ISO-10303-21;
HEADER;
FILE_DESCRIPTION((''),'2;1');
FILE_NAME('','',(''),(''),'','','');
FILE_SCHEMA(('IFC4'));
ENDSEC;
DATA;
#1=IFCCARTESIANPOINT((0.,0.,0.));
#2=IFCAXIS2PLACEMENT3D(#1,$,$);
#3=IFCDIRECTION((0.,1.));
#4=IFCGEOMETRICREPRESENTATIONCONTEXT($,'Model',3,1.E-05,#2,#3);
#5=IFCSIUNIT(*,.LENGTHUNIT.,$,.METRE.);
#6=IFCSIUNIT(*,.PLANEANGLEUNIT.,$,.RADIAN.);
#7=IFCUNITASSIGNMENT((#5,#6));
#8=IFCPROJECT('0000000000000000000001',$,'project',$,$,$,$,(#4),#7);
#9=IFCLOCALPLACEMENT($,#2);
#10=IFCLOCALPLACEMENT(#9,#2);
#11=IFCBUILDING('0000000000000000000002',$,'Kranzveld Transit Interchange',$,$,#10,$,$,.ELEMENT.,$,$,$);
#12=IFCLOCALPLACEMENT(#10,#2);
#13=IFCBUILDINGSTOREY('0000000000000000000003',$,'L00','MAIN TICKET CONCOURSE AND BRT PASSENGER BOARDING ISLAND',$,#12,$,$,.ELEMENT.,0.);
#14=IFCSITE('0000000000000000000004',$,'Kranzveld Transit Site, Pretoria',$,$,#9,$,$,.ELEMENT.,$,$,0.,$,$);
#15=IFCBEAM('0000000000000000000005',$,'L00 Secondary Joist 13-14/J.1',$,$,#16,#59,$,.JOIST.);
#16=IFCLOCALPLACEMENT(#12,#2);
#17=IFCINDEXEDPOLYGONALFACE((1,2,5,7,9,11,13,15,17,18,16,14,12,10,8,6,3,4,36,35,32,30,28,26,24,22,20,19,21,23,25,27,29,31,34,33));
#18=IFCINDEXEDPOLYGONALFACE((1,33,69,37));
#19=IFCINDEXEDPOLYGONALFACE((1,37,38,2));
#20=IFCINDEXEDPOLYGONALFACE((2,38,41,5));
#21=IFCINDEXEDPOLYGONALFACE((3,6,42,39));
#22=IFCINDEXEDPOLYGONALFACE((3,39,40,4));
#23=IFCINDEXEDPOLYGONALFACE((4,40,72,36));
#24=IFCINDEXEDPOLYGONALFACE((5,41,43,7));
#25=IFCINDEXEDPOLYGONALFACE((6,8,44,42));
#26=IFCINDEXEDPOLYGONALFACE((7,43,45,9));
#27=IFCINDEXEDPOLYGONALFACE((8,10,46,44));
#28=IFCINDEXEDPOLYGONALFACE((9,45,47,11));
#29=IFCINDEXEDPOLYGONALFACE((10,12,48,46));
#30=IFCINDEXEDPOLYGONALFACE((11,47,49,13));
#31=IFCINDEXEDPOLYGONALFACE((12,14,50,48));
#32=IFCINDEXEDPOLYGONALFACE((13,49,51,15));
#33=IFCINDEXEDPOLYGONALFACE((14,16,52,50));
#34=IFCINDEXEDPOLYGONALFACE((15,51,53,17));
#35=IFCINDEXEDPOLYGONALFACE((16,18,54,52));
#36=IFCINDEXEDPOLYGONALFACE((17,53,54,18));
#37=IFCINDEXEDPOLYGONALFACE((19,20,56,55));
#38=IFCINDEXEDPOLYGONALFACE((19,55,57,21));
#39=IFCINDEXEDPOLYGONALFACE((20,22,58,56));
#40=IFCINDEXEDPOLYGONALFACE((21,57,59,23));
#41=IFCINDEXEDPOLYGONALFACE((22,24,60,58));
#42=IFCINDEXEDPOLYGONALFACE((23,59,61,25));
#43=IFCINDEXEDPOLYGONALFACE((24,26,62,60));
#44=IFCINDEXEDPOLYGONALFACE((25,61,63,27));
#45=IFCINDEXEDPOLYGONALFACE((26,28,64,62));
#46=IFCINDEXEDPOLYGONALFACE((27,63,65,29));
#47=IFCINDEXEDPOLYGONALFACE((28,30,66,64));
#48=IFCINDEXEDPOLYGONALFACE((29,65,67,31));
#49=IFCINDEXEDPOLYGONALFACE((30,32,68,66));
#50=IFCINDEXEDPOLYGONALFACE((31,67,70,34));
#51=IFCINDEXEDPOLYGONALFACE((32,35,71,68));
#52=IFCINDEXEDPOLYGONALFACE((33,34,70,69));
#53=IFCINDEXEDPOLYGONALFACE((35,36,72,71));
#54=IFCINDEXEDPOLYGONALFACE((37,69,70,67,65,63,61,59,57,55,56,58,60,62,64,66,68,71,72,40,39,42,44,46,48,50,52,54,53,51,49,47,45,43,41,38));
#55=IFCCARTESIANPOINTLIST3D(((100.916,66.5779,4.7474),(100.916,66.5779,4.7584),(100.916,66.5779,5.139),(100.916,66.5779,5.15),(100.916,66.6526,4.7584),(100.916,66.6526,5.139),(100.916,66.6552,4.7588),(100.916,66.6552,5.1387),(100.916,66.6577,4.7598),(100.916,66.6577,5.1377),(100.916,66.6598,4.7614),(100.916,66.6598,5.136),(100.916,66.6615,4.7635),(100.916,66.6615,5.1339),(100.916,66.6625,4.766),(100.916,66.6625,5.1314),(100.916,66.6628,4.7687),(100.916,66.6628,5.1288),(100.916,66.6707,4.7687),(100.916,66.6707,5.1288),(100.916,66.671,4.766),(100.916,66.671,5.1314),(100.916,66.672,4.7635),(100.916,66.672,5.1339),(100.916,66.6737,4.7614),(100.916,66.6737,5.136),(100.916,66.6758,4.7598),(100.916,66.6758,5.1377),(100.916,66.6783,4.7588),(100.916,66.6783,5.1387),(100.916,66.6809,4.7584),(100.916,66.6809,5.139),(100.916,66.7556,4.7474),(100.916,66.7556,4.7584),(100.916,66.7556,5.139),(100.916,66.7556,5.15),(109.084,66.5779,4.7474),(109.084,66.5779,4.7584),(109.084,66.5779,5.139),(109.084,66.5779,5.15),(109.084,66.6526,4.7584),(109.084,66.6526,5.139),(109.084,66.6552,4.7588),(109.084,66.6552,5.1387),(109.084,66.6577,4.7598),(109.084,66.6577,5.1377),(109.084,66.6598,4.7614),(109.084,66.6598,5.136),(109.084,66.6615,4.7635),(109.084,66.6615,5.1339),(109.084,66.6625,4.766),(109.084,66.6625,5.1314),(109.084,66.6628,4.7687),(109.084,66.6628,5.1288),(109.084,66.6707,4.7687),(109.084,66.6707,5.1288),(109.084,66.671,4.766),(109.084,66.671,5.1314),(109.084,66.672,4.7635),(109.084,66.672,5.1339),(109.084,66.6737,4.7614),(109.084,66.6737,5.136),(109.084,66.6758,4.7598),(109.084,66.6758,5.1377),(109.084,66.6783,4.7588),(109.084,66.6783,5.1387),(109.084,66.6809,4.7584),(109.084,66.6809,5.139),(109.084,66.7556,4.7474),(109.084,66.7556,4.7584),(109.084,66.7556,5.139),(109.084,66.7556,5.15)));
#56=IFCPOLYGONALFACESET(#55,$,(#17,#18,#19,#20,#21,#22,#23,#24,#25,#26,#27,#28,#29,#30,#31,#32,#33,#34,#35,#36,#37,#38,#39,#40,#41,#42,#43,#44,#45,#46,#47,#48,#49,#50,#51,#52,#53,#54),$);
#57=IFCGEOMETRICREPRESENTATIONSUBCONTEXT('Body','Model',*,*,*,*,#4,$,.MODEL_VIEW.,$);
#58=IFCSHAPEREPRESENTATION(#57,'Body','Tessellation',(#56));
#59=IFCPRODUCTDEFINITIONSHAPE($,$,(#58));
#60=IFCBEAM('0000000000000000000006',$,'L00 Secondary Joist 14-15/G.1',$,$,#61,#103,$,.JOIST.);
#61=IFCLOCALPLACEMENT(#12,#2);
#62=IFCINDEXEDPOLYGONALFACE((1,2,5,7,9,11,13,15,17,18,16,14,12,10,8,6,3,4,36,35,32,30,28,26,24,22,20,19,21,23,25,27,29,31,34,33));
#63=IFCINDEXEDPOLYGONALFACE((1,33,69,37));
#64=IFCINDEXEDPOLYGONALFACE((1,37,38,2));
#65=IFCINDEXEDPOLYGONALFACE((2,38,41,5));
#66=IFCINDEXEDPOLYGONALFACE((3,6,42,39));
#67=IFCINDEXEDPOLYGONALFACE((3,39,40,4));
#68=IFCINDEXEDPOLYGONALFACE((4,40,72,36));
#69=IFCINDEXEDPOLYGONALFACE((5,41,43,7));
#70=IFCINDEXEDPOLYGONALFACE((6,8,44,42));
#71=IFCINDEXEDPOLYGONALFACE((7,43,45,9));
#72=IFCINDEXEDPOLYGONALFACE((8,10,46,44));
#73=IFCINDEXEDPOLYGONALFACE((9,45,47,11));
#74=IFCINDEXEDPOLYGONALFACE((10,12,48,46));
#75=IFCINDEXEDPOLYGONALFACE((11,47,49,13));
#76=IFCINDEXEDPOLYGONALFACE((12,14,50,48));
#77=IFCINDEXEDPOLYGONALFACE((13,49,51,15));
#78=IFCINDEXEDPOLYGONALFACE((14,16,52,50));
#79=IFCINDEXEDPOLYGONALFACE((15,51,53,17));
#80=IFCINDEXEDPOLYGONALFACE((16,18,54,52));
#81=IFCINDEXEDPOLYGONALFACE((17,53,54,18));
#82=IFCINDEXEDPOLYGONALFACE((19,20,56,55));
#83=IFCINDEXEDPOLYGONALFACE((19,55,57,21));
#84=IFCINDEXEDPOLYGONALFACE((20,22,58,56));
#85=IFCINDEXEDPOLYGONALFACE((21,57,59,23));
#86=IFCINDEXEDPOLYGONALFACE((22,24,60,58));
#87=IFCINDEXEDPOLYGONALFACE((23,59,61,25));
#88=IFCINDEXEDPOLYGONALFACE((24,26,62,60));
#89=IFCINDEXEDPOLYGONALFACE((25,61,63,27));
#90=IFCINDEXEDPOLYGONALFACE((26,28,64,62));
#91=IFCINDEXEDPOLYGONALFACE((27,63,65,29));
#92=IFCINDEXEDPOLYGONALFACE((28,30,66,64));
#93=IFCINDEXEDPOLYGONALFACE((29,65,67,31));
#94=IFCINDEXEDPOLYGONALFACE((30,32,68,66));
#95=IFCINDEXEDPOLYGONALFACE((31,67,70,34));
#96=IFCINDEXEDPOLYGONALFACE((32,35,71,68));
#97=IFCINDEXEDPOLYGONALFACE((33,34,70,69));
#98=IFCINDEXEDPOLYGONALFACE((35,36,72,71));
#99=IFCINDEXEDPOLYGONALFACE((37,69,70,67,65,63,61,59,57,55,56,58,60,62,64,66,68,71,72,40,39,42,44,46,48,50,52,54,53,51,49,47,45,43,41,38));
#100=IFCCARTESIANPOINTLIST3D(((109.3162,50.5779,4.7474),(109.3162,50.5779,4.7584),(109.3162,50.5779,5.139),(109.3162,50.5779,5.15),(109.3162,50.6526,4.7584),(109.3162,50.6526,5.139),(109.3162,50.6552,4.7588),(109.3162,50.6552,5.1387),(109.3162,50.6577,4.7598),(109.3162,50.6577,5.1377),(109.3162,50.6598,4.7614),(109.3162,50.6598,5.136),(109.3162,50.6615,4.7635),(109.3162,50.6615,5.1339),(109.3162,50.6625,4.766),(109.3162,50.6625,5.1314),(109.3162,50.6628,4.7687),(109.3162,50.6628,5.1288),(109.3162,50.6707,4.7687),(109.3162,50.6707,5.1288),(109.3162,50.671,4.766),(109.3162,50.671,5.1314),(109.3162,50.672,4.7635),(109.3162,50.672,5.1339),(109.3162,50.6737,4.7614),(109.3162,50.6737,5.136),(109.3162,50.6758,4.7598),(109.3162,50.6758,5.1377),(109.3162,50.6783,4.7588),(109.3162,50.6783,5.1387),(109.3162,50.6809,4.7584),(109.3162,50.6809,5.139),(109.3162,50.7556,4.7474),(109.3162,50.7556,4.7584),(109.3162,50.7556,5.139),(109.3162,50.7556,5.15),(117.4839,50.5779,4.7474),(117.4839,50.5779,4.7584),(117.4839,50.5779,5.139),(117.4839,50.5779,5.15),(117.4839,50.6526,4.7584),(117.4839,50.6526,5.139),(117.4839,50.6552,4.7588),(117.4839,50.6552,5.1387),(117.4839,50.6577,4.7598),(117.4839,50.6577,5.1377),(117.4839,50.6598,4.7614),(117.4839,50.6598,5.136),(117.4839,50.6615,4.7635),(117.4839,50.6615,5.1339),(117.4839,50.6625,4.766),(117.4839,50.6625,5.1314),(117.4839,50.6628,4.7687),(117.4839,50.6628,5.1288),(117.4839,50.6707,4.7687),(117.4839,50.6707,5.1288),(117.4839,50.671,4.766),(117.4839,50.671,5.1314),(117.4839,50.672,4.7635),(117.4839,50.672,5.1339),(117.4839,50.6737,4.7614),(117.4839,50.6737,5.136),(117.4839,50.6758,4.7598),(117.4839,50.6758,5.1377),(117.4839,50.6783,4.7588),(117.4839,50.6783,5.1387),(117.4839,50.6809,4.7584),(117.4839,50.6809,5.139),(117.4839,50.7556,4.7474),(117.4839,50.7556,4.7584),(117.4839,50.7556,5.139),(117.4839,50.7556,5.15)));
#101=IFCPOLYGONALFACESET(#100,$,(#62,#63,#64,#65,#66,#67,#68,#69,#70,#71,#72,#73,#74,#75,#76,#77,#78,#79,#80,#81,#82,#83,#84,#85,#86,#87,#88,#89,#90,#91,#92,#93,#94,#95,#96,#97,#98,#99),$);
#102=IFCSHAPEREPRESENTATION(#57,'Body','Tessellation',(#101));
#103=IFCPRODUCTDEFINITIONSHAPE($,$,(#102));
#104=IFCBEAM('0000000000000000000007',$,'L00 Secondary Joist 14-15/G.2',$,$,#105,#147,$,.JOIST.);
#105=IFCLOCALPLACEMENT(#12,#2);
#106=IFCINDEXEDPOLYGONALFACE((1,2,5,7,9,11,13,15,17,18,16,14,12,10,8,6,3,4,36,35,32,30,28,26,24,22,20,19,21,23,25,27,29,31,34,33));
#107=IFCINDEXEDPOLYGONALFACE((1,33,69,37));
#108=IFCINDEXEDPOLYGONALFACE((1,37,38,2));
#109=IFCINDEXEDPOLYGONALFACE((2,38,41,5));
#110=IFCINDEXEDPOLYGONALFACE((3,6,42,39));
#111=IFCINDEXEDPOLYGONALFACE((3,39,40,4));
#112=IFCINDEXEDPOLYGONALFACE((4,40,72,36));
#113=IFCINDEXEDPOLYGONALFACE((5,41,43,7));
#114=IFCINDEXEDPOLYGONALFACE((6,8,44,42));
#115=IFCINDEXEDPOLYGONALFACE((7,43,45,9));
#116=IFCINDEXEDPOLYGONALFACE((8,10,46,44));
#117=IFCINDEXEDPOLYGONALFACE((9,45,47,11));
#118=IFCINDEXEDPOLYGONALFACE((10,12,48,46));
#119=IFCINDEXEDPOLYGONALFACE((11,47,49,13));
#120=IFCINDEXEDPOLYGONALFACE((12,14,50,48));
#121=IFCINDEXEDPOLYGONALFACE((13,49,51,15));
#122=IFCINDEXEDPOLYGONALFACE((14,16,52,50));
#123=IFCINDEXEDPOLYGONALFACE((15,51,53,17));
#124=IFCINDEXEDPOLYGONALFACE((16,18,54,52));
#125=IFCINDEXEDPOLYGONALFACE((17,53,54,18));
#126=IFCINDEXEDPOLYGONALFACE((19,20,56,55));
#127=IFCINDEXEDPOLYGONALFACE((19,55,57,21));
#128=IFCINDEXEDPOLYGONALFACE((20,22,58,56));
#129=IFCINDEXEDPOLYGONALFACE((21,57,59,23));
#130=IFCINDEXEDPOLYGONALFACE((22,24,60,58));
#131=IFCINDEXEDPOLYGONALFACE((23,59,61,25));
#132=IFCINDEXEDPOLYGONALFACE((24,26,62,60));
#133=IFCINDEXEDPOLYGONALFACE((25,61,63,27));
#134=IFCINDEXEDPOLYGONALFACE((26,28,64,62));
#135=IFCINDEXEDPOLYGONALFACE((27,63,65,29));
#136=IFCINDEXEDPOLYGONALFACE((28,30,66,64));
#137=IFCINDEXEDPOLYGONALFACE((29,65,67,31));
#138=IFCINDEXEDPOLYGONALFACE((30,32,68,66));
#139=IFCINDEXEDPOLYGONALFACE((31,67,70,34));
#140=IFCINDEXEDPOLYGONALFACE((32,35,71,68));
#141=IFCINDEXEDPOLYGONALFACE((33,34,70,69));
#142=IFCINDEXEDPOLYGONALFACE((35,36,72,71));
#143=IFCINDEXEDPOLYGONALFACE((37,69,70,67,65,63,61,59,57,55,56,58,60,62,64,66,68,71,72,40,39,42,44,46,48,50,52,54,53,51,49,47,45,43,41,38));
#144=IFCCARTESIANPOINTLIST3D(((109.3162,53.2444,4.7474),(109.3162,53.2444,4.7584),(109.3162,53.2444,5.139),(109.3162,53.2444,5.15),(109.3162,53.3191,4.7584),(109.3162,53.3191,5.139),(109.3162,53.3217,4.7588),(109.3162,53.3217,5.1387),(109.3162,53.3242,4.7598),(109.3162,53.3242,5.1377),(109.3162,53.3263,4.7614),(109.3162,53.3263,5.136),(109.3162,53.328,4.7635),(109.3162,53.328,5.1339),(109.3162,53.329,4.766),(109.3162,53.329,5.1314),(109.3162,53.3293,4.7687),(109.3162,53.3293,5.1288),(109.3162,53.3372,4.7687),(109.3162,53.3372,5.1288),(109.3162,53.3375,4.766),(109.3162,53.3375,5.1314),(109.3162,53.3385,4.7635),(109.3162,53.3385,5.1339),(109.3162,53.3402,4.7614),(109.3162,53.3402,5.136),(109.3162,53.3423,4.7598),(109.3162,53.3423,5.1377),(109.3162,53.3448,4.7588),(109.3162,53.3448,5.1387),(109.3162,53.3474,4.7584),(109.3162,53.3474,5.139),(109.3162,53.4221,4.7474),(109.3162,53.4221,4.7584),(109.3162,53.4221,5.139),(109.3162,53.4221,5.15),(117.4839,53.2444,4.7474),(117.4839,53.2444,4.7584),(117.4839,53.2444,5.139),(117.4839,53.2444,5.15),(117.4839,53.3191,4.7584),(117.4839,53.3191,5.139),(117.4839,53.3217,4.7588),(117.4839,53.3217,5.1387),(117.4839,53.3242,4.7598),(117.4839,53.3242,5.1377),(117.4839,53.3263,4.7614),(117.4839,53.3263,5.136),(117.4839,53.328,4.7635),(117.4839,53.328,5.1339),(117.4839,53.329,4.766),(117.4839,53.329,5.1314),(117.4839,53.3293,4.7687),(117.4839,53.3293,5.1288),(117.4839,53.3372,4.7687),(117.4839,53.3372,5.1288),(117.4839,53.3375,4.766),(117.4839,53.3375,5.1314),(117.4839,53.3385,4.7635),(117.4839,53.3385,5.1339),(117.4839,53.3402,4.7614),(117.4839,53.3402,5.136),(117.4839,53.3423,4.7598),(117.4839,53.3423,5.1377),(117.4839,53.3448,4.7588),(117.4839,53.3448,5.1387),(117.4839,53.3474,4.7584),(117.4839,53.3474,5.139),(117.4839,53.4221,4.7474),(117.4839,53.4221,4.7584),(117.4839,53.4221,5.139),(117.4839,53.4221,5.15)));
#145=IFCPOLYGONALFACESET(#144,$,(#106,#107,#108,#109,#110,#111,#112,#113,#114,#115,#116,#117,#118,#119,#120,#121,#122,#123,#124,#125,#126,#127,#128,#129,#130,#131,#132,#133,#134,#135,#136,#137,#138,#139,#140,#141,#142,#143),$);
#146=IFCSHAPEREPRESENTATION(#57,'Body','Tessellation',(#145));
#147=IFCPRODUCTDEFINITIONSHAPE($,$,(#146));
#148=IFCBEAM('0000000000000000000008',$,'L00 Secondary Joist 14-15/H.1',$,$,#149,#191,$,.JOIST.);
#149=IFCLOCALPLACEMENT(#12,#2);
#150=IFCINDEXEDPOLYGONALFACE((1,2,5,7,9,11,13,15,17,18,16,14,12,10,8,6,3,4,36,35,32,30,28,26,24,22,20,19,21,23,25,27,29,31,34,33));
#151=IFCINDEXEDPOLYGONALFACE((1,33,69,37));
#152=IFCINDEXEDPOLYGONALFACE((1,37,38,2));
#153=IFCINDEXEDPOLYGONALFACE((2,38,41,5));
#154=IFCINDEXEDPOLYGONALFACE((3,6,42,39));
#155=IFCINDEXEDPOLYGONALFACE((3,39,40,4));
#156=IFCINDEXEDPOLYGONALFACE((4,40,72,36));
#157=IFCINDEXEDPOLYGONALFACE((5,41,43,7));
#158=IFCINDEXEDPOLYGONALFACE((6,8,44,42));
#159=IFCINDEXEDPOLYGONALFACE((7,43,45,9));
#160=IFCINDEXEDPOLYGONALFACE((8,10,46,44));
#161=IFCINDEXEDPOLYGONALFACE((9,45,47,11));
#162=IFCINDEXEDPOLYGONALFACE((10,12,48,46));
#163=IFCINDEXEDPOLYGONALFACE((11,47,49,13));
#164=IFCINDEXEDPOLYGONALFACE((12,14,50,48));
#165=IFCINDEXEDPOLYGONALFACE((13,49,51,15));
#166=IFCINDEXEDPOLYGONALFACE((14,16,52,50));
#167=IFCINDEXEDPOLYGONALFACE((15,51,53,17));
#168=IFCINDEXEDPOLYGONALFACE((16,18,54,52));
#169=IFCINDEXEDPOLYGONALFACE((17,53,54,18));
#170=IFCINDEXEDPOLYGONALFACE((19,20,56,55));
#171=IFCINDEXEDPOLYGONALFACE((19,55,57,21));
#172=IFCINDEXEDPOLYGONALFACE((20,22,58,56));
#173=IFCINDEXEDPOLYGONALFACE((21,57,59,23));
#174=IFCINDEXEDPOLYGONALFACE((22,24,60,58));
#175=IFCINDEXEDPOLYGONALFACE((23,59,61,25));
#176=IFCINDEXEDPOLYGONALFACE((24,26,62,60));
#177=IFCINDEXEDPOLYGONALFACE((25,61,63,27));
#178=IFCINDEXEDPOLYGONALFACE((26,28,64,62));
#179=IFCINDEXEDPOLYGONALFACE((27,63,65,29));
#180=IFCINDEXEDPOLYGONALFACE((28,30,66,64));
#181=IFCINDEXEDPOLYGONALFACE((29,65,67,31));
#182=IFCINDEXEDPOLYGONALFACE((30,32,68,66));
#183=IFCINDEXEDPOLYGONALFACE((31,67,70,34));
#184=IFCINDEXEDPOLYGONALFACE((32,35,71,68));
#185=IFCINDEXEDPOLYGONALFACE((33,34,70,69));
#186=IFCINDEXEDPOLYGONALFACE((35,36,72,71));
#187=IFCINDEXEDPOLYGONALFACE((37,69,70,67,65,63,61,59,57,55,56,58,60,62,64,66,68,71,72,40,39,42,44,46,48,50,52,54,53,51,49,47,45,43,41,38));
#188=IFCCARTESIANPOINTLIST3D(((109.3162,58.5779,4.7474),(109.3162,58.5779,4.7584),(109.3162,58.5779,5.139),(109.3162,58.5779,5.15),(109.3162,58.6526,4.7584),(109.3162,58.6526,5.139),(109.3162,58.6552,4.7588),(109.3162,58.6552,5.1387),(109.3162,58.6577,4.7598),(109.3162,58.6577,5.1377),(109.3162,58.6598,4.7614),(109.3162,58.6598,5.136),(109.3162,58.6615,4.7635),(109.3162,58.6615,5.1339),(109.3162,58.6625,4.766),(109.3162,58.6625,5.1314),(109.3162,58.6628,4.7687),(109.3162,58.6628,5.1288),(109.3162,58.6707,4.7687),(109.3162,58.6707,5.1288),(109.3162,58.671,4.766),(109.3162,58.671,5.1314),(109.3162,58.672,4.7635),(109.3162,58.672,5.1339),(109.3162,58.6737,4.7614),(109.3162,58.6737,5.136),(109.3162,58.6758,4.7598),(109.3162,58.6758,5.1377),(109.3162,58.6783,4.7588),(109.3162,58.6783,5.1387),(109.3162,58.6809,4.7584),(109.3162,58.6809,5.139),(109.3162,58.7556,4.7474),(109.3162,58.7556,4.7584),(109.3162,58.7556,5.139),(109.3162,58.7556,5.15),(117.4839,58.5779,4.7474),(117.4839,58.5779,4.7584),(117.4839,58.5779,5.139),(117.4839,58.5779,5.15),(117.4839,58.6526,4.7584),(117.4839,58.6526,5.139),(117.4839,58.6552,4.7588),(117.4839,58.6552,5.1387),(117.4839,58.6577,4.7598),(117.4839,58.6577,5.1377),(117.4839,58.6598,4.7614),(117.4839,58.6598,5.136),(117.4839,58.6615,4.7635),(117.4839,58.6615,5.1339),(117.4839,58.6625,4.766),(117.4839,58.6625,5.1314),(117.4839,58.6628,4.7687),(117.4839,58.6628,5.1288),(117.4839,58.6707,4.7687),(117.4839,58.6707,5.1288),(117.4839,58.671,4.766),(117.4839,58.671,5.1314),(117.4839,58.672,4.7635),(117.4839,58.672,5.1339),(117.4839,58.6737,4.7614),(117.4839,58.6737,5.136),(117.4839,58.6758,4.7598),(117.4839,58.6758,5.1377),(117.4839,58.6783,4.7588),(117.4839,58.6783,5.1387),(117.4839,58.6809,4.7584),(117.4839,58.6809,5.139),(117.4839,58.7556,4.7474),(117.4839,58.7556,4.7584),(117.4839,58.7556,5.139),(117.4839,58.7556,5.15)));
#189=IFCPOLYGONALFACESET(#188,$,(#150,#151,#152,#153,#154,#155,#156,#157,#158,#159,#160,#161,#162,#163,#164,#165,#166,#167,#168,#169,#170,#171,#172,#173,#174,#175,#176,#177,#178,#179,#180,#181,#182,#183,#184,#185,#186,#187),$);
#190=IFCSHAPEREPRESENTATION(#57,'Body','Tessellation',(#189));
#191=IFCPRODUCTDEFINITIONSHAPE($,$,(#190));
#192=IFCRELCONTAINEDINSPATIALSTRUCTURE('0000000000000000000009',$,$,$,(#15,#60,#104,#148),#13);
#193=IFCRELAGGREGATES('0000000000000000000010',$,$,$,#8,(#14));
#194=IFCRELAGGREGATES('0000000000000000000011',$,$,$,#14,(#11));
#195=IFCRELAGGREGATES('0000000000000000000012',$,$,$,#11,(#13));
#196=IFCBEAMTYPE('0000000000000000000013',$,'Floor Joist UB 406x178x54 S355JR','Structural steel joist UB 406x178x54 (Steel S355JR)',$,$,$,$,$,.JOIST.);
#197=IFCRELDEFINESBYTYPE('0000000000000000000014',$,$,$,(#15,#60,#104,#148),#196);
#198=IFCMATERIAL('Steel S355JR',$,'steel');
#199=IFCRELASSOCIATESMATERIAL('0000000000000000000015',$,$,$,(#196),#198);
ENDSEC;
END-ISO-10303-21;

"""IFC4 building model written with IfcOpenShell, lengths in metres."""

from ifc_helpers import new_model, si_unit, direction, frame, origin, origin_2d, place, context, subcontext, project, spatial, i_section, extrude, material, material_profile, profile_set, type_object, element, save


model = new_model("IFC4")

# Units and contexts
model_context = context("Model", 3, precision=1e-05, world=origin(), true_north=direction((0.0, 1.0)))
body_context = subcontext(model_context, "Body", "Model", "MODEL_VIEW")
ifc_project = project(units=[si_unit("LENGTHUNIT", "METRE"), si_unit("PLANEANGLEUNIT", "RADIAN")], contexts=[model_context])

# Site, building, storey
site_placement = place(None, origin())
site = spatial("IfcSite", under=ifc_project, at=site_placement, Name="Kranzveld Transit Site, Pretoria", CompositionType="ELEMENT", RefElevation=0.0)
building_placement = place(site_placement, origin())
building = spatial("IfcBuilding", under=site, at=building_placement, Name="Kranzveld Transit Interchange", CompositionType="ELEMENT")
storey_placement = place(building_placement, origin())
storey = spatial("IfcBuildingStorey", under=building, at=storey_placement, Name="L00", Description="MAIN TICKET CONCOURSE AND BRT PASSENGER BOARDING ISLAND", CompositionType="ELEMENT", Elevation=0.0)

# Beams
ifc_material_1 = material(Name="Steel S355JR", Category="steel")
ifc_material_profile_1 = material_profile(ifc_material_1, i_section(OverallWidth=0.1777, OverallDepth=0.4026, WebThickness=0.0078, FlangeThickness=0.011, FilletRadius=0.0103, at=origin_2d()), Name="UB 406x178x54")
ifc_profile_set_1 = profile_set([ifc_material_profile_1], Name="Steel S355JR")
beam_type_1 = type_object("IfcBeamType", Name="Floor Joist UB 406x178x54 S355JR", Description="Structural steel joist UB 406x178x54 (Steel S355JR)", PredefinedType="JOIST", material=ifc_profile_set_1)
for number, where, z_axis, x_axis, name in (
    (1, (100.916, 66.6667, 4.9487), (1.0, 0.0, 0.0), (0.0, 1.0, 0.0), "L00 Secondary Joist 13-14/J.1"),
):
    element("IfcBeam", number, at=place(storey_placement, frame(where, z_axis=z_axis, x_axis=x_axis)), inside=storey, type_object=beam_type_1, Name=name, PredefinedType="JOIST", context=body_context, shape_type="SweptSolid", body=[
        extrude(i_section(OverallWidth=0.1777, OverallDepth=0.4026, WebThickness=0.0078, FlangeThickness=0.011, FilletRadius=0.0103, at=origin_2d()), origin(), (0.0, 0.0, 1.0), 8.168),
    ])
for number, where, z_axis, x_axis, name in (
    (2, (109.3162, 50.6667, 4.9487), (1.0, 0.0, 0.0), (0.0, 1.0, 0.0), "L00 Secondary Joist 14-15/G.1"),
    (3, (109.3162, 53.3333, 4.9487), (1.0, 0.0, 0.0), (0.0, 1.0, 0.0), "L00 Secondary Joist 14-15/G.2"),
    (4, (109.3162, 58.6667, 4.9487), (1.0, 0.0, 0.0), (0.0, 1.0, 0.0), "L00 Secondary Joist 14-15/H.1"),
):
    element("IfcBeam", number, at=place(storey_placement, frame(where, z_axis=z_axis, x_axis=x_axis)), inside=storey, type_object=beam_type_1, Name=name, PredefinedType="JOIST", context=body_context, shape_type="SweptSolid", body=[
        extrude(i_section(OverallWidth=0.1777, OverallDepth=0.4026, WebThickness=0.0078, FlangeThickness=0.011, FilletRadius=0.0103, at=origin_2d()), origin(), (0.0, 0.0, 1.0), 8.1677),
    ])

save(model, "model.ifc")
